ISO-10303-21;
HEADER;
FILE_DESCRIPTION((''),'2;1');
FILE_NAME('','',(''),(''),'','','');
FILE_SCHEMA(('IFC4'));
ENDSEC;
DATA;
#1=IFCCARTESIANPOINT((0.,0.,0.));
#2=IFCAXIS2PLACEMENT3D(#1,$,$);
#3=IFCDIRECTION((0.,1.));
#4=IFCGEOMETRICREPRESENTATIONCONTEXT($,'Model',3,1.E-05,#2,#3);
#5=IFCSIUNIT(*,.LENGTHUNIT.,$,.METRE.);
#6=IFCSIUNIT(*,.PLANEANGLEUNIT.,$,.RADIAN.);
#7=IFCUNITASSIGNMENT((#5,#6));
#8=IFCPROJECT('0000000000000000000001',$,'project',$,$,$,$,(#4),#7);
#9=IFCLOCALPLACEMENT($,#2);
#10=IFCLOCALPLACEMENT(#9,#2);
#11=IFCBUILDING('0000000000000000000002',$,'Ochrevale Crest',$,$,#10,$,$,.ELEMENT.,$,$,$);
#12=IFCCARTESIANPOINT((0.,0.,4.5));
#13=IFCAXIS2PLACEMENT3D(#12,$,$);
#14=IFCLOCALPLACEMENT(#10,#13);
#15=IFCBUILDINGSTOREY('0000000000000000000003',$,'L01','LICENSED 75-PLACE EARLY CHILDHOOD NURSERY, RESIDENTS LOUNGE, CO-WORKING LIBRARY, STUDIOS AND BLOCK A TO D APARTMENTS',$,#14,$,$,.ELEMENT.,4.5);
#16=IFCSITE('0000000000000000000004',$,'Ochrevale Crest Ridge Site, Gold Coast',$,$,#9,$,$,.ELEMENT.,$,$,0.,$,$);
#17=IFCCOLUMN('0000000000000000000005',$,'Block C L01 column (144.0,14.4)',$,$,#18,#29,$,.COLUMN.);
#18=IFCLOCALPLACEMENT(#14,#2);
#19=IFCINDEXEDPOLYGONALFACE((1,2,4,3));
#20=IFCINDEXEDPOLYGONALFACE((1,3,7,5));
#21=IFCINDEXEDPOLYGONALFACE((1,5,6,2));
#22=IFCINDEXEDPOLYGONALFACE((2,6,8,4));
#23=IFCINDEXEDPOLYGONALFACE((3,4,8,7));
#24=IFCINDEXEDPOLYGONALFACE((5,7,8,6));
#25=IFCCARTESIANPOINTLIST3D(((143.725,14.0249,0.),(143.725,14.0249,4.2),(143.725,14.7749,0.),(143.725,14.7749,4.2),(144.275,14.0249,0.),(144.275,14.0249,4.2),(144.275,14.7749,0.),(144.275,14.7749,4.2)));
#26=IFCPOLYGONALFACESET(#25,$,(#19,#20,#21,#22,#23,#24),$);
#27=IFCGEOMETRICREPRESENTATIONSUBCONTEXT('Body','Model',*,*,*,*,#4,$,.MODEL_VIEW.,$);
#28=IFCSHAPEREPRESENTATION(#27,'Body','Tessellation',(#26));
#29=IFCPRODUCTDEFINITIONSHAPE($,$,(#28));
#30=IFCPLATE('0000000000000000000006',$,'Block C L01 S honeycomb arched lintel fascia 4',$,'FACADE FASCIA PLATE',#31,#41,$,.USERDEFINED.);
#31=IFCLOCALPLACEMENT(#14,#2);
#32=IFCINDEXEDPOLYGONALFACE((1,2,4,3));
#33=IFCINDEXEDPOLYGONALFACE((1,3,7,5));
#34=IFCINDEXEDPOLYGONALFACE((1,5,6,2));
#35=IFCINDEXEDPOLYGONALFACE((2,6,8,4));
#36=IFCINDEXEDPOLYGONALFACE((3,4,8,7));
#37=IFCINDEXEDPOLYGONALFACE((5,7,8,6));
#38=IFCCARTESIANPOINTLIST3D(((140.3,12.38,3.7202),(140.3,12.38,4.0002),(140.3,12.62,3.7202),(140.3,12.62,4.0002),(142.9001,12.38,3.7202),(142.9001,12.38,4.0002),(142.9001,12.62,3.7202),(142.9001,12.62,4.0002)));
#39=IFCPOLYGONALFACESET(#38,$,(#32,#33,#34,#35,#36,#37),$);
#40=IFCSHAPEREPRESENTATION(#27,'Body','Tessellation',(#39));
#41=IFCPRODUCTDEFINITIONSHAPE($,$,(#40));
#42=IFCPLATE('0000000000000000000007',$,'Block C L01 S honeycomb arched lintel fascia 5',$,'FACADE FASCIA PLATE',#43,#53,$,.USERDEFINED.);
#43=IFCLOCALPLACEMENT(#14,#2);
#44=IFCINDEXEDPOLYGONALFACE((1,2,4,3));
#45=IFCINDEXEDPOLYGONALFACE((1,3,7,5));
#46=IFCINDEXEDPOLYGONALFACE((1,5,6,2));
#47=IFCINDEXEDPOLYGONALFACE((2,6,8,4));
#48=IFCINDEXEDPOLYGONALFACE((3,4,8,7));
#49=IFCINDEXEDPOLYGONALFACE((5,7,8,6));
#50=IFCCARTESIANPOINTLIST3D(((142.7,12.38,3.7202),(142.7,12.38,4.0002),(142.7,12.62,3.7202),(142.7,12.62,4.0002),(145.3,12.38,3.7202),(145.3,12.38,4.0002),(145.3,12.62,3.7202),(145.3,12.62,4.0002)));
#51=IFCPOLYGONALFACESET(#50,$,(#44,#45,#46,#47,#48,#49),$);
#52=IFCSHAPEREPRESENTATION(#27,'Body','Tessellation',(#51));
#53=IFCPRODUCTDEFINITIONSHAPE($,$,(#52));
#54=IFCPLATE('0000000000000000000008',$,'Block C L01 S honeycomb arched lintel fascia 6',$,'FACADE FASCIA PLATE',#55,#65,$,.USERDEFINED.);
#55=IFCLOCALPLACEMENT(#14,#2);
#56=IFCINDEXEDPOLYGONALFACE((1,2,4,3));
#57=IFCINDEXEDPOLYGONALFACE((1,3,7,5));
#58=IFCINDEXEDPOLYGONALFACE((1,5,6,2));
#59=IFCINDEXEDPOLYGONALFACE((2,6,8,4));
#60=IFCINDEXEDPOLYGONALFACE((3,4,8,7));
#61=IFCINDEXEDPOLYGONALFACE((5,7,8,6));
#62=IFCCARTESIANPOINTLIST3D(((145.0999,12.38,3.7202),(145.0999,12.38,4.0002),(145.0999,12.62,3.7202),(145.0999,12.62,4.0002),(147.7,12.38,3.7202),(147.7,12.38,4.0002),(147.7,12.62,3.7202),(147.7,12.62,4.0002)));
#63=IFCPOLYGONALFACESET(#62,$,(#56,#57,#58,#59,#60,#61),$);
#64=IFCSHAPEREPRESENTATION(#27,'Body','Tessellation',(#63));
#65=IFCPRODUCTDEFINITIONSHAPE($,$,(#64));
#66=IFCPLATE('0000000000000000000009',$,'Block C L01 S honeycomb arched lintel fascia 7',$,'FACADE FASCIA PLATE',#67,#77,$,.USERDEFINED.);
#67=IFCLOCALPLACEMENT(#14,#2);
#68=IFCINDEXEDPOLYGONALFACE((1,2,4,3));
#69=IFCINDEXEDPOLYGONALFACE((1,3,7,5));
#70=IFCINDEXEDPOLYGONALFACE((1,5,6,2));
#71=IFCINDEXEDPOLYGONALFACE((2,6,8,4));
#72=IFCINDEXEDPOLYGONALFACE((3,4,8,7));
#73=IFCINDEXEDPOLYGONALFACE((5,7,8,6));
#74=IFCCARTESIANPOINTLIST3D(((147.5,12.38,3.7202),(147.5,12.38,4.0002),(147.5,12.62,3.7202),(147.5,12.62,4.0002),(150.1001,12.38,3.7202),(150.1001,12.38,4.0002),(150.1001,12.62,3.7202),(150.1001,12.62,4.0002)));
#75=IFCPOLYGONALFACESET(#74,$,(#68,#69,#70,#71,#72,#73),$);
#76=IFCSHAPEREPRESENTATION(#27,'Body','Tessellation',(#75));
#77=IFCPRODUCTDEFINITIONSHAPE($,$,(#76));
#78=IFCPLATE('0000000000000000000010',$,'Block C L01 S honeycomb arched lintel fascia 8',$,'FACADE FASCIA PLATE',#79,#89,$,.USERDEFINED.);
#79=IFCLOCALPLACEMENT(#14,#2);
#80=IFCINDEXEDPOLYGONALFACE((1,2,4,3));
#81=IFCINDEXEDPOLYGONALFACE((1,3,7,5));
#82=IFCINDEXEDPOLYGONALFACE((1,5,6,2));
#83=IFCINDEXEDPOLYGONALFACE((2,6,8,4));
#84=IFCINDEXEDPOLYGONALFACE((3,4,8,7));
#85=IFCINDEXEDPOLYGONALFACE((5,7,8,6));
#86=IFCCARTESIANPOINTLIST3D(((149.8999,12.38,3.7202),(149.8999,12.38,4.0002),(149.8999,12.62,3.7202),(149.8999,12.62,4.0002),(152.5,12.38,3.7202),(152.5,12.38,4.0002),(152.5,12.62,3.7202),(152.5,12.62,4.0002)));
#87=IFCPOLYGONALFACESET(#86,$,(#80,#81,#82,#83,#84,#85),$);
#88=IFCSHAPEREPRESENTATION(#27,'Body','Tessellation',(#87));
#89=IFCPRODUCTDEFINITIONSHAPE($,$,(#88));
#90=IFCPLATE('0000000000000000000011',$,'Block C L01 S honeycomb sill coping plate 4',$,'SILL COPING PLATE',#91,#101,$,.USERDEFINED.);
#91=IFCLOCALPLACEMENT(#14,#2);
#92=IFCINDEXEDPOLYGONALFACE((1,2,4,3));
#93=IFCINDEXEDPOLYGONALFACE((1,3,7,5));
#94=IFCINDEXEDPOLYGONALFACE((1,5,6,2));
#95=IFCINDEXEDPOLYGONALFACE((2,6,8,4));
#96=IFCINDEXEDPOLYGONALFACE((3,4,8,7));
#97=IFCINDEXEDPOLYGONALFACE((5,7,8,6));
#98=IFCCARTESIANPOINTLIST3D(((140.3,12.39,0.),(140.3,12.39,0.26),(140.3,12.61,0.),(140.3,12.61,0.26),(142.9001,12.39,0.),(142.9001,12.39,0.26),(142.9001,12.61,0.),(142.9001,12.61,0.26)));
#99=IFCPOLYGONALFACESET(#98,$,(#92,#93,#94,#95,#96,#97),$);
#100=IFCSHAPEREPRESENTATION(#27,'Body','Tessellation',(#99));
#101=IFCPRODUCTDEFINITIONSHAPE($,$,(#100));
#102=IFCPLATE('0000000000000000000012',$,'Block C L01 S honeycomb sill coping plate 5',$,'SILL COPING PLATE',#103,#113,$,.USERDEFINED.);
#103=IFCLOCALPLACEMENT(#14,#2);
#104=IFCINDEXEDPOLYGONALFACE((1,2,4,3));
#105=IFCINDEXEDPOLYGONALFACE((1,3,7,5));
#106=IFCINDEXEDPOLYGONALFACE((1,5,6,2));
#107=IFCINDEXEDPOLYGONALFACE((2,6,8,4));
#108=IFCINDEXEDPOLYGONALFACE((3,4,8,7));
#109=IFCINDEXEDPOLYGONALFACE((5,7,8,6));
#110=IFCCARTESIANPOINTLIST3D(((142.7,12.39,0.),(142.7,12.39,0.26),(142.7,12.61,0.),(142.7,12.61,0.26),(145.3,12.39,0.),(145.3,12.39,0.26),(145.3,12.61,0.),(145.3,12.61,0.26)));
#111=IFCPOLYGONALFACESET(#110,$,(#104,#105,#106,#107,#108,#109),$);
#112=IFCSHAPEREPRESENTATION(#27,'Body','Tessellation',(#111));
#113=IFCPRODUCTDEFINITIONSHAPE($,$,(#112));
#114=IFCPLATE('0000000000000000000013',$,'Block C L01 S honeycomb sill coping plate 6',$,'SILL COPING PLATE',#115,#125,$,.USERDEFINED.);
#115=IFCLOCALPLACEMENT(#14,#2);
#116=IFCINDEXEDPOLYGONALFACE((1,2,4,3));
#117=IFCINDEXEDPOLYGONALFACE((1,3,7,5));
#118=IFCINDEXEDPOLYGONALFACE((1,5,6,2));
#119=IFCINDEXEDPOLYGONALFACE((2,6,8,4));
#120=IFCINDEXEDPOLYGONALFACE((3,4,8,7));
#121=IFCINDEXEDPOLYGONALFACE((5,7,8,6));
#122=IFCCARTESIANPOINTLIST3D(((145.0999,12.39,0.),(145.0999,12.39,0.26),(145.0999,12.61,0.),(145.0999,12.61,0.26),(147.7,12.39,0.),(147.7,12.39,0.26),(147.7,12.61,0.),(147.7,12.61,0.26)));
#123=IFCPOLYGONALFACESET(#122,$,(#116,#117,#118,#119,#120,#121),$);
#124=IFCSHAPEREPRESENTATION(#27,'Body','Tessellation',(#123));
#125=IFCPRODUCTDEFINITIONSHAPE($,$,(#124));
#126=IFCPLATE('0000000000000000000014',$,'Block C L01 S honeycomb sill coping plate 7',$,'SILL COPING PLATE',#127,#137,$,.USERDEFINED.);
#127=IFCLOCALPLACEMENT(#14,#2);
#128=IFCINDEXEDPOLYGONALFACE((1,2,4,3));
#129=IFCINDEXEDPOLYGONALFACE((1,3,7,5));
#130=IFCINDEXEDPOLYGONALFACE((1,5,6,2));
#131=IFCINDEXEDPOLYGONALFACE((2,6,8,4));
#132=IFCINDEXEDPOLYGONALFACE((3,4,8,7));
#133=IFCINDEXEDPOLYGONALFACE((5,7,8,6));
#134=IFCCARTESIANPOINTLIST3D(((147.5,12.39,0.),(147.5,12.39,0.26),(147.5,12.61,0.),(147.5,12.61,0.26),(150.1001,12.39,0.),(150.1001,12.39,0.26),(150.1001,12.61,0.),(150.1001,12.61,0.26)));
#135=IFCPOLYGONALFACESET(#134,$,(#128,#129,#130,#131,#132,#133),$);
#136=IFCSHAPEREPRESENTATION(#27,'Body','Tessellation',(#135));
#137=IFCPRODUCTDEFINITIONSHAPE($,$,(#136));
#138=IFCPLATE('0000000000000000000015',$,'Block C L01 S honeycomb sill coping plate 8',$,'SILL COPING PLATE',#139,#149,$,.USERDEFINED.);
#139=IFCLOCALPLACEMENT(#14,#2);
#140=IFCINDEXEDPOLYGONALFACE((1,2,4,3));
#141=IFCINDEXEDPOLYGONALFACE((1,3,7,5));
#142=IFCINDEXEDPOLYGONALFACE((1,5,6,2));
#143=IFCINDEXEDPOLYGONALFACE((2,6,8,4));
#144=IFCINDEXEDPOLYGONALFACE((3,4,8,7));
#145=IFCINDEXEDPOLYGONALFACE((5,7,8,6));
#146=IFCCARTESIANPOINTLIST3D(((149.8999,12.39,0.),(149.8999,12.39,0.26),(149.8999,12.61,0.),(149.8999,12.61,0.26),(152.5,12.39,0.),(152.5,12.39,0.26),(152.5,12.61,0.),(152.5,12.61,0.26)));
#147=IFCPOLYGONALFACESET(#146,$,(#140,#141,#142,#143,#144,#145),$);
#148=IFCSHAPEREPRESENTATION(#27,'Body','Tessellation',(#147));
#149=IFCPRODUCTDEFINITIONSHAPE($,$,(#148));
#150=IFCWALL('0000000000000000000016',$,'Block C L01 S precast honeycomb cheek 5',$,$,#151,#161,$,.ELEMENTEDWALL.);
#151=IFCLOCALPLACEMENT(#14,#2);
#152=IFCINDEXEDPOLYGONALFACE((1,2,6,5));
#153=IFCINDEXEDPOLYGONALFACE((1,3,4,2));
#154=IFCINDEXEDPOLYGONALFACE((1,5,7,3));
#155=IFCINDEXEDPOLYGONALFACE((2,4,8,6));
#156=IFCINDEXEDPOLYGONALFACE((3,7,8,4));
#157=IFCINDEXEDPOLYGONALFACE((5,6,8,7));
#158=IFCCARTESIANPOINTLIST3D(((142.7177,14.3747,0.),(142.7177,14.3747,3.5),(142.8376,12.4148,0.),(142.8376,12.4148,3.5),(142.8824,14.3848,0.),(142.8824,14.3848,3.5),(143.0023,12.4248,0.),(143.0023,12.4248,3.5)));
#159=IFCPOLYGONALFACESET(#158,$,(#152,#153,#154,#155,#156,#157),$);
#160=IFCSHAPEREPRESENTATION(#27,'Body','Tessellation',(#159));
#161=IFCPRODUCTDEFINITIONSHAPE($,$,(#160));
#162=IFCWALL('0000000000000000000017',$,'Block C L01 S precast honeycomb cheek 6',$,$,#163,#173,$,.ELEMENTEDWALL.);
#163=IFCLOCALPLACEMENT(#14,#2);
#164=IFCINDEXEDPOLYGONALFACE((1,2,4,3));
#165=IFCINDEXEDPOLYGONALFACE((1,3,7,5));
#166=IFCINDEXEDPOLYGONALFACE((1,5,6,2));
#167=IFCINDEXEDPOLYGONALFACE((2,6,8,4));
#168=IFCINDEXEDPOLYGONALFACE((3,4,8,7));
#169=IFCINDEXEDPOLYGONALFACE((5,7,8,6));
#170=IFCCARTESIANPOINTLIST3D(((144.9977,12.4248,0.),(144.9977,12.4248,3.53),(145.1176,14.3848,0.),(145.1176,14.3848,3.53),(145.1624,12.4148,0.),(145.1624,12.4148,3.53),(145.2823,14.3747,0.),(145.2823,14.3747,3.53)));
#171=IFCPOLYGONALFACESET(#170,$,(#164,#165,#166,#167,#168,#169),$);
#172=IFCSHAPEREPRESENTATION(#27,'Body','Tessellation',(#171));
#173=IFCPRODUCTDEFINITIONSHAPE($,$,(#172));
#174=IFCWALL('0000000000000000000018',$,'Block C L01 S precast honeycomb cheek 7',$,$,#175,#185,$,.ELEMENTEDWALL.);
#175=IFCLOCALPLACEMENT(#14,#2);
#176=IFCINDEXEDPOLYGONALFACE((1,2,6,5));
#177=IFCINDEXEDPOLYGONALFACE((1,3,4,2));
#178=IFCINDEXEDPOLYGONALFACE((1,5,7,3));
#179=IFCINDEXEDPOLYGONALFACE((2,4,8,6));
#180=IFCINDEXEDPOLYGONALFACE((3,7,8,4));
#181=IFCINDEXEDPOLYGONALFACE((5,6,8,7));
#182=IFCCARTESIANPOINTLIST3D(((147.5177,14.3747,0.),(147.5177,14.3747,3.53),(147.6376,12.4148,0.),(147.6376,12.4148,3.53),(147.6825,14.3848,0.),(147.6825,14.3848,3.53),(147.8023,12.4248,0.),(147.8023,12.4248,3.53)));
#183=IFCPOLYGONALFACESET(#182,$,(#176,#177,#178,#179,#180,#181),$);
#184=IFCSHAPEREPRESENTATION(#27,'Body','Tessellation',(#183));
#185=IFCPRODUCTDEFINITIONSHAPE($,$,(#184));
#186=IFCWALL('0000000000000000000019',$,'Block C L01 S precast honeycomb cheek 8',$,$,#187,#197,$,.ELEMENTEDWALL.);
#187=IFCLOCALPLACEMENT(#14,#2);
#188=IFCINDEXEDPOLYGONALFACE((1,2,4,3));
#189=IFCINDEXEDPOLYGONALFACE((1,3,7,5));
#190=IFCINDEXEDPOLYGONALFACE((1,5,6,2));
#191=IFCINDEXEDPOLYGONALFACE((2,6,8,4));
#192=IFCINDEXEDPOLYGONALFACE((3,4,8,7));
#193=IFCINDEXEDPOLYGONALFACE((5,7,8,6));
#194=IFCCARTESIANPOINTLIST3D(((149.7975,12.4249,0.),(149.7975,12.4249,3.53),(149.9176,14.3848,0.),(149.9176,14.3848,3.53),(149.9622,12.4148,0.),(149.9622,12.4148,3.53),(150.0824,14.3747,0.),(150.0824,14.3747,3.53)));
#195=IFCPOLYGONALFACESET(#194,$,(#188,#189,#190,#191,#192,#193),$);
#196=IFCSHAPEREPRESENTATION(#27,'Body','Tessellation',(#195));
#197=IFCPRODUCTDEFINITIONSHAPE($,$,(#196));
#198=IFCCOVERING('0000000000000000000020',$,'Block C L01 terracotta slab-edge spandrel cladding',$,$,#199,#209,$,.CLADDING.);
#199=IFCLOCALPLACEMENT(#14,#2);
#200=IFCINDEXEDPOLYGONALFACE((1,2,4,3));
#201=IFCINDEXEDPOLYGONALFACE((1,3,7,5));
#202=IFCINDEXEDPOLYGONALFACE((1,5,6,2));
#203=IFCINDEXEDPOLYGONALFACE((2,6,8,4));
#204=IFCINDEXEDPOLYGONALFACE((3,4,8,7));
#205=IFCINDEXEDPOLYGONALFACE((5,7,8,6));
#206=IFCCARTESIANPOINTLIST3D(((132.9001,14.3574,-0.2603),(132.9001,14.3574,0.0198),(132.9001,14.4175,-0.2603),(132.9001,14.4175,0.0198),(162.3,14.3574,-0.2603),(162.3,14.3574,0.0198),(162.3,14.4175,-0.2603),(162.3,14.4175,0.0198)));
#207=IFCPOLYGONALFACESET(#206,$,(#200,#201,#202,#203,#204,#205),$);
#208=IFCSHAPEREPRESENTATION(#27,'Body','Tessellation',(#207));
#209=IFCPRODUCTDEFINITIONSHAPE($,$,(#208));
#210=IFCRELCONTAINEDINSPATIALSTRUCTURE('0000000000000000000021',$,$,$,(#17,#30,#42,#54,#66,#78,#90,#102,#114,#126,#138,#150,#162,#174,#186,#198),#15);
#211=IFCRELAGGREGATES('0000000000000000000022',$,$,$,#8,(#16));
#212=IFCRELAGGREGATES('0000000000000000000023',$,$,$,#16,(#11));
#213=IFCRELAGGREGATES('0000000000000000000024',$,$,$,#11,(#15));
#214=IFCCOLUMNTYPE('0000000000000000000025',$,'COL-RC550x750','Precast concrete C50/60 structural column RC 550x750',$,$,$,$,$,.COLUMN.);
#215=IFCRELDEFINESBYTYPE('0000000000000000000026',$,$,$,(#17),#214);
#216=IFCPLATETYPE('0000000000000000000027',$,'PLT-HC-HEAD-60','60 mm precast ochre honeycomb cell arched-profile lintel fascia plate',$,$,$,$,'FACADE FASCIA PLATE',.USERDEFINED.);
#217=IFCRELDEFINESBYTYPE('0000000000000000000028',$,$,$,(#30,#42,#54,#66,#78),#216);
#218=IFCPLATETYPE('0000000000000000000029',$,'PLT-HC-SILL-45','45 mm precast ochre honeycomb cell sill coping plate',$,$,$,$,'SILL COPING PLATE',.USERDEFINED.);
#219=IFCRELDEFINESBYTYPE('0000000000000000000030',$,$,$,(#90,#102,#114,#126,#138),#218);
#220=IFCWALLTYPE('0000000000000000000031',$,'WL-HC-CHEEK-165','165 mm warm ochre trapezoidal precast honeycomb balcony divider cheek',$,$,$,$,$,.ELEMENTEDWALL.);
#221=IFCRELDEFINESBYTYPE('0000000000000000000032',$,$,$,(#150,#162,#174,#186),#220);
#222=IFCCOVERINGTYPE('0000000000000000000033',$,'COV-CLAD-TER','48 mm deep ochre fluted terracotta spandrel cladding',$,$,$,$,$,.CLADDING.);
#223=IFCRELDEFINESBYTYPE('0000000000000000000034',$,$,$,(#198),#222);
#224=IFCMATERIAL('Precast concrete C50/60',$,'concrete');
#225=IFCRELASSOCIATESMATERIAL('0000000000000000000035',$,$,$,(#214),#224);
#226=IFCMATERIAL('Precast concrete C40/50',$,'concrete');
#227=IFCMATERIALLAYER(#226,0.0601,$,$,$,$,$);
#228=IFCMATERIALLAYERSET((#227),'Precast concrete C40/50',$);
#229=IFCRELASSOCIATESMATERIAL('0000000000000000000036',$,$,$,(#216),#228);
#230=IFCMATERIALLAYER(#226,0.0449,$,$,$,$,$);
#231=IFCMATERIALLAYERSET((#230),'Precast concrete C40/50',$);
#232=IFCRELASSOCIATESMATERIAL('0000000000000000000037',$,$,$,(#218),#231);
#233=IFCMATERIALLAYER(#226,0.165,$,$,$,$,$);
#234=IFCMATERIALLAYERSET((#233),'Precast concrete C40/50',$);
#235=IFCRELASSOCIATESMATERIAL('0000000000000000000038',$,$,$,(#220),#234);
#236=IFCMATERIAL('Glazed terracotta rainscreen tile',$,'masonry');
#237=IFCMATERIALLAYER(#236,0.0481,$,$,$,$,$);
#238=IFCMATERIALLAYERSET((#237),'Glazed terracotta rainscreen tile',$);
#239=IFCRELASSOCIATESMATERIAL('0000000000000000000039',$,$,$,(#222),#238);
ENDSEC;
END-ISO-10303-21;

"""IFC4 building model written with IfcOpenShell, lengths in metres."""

from ifc_helpers import new_model, si_unit, direction, frame, frame_2d, origin, origin_2d, place, context, subcontext, project, spatial, rectangle, extrude, material, layer, layer_set, material_profile, profile_set, type_object, element, save


model = new_model("IFC4")

# Units and contexts
model_context = context("Model", 3, precision=1e-05, world=origin(), true_north=direction((0.0, 1.0)))
body_context = subcontext(model_context, "Body", "Model", "MODEL_VIEW")
ifc_project = project(units=[si_unit("LENGTHUNIT", "METRE"), si_unit("PLANEANGLEUNIT", "RADIAN")], contexts=[model_context])

# Site, building, storey
site_placement = place(None, origin())
site = spatial("IfcSite", under=ifc_project, at=site_placement, Name="Ochrevale Crest Ridge Site, Gold Coast", CompositionType="ELEMENT", RefElevation=0.0)
building_placement = place(site_placement, origin())
building = spatial("IfcBuilding", under=site, at=building_placement, Name="Ochrevale Crest", CompositionType="ELEMENT")
storey_placement = place(building_placement, frame((0.0, 0.0, 4.5)))
storey = spatial("IfcBuildingStorey", under=building, at=storey_placement, Name="L01", Description="LICENSED 75-PLACE EARLY CHILDHOOD NURSERY, RESIDENTS LOUNGE, CO-WORKING LIBRARY, STUDIOS AND BLOCK A TO D APARTMENTS", CompositionType="ELEMENT", Elevation=4.5)

# Column
ifc_material_1 = material(Name="Precast concrete C50/60", Category="concrete")
ifc_material_profile = material_profile(ifc_material_1, rectangle(XDim=0.55, YDim=0.75, at=origin_2d()), Name="RC 550x750")
ifc_profile_set = profile_set([ifc_material_profile], Name="Precast concrete C50/60")
column_type = type_object("IfcColumnType", Name="COL-RC550x750", Description="Precast concrete C50/60 structural column RC 550x750", PredefinedType="COLUMN", material=ifc_profile_set)
column_placement = place(storey_placement, frame((144.0, 14.3999, 0.0), z_axis=(0.0, 0.0, 1.0), x_axis=(1.0, 0.0, 0.0)))
element("IfcColumn", 1, at=column_placement, inside=storey, type_object=column_type, Name="Block C L01 column (144.0,14.4)", PredefinedType="COLUMN", context=body_context, shape_type="SweptSolid", body=[
    extrude(rectangle(XDim=0.55, YDim=0.75, at=origin_2d()), origin(), (0.0, 0.0, 1.0), 4.2),
])

# Plates
ifc_material_2 = material(Name="Precast concrete C40/50", Category="concrete")
ifc_layer_1 = layer(ifc_material_2, 0.0601)
ifc_layer_set_1 = layer_set([ifc_layer_1], Name="Precast concrete C40/50")
plate_type_1 = type_object("IfcPlateType", Name="PLT-HC-HEAD-60", Description="60 mm precast ochre honeycomb cell arched-profile lintel fascia plate", ElementType="FACADE FASCIA PLATE", PredefinedType="USERDEFINED", material=ifc_layer_set_1)
for number, where, z_axis, x_axis, name in (
    (2, (141.6001, 12.5, 3.7202), (0.0, 0.0, 1.0), (1.0, 0.0, 0.0), "Block C L01 S honeycomb arched lintel fascia 4"),
    (3, (144.0, 12.5, 3.7202), (0.0, 0.0, 1.0), (1.0, 0.0, 0.0), "Block C L01 S honeycomb arched lintel fascia 5"),
    (4, (146.3999, 12.5, 3.7202), (0.0, 0.0, 1.0), (1.0, 0.0, 0.0), "Block C L01 S honeycomb arched lintel fascia 6"),
    (5, (148.8, 12.5, 3.7202), (0.0, 0.0, 1.0), (1.0, 0.0, 0.0), "Block C L01 S honeycomb arched lintel fascia 7"),
    (6, (151.2, 12.5, 3.7202), (0.0, 0.0, 1.0), (1.0, 0.0, 0.0), "Block C L01 S honeycomb arched lintel fascia 8"),
):
    element("IfcPlate", number, at=place(storey_placement, frame(where, z_axis=z_axis, x_axis=x_axis)), inside=storey, type_object=plate_type_1, Name=name, ObjectType="FACADE FASCIA PLATE", PredefinedType="USERDEFINED", context=body_context, shape_type="SweptSolid", body=[
        extrude(rectangle(XDim=2.6001, YDim=0.24, at=origin_2d()), origin(), (0.0, 0.0, 1.0), 0.28),
    ])
ifc_layer_2 = layer(ifc_material_2, 0.0449)
ifc_layer_set_2 = layer_set([ifc_layer_2], Name="Precast concrete C40/50")
plate_type_2 = type_object("IfcPlateType", Name="PLT-HC-SILL-45", Description="45 mm precast ochre honeycomb cell sill coping plate", ElementType="SILL COPING PLATE", PredefinedType="USERDEFINED", material=ifc_layer_set_2)
for number, where, z_axis, x_axis, name in (
    (7, (141.6001, 12.5, 0.0), (0.0, 0.0, 1.0), (1.0, 0.0, 0.0), "Block C L01 S honeycomb sill coping plate 4"),
    (8, (144.0, 12.5, 0.0), (0.0, 0.0, 1.0), (1.0, 0.0, 0.0), "Block C L01 S honeycomb sill coping plate 5"),
    (9, (146.3999, 12.5, 0.0), (0.0, 0.0, 1.0), (1.0, 0.0, 0.0), "Block C L01 S honeycomb sill coping plate 6"),
    (10, (148.8, 12.5, 0.0), (0.0, 0.0, 1.0), (1.0, 0.0, 0.0), "Block C L01 S honeycomb sill coping plate 7"),
    (11, (151.2, 12.5, 0.0), (0.0, 0.0, 1.0), (1.0, 0.0, 0.0), "Block C L01 S honeycomb sill coping plate 8"),
):
    element("IfcPlate", number, at=place(storey_placement, frame(where, z_axis=z_axis, x_axis=x_axis)), inside=storey, type_object=plate_type_2, Name=name, ObjectType="SILL COPING PLATE", PredefinedType="USERDEFINED", context=body_context, shape_type="SweptSolid", body=[
        extrude(rectangle(XDim=2.6001, YDim=0.22, at=origin_2d()), origin(), (0.0, 0.0, 1.0), 0.26),
    ])

# Walls
ifc_layer_3 = layer(ifc_material_2, 0.165)
ifc_layer_set_3 = layer_set([ifc_layer_3], Name="Precast concrete C40/50")
wall_type = type_object("IfcWallType", Name="WL-HC-CHEEK-165", Description="165 mm warm ochre trapezoidal precast honeycomb balcony divider cheek", PredefinedType="ELEMENTEDWALL", material=ifc_layer_set_3)
wall_placement = place(storey_placement, frame((142.8, 14.3799, 0.0), z_axis=(0.0, 0.0, 1.0), x_axis=(0.061047, -0.998135, 0.0)))
element("IfcWall", 12, at=wall_placement, inside=storey, type_object=wall_type, Name="Block C L01 S precast honeycomb cheek 5", PredefinedType="ELEMENTEDWALL", context=body_context, shape_type="SweptSolid", body=[
    extrude(rectangle(XDim=1.9636, YDim=0.165, at=frame_2d((0.9819, 0.0))), origin(), (0.0, 0.0, 1.0), 3.5),
])
for number, where, z_axis, x_axis, name in (
    (13, (145.2, 14.3799, 0.0), (0.0, 0.0, 1.0), (-0.061047, -0.998135, 0.0), "Block C L01 S precast honeycomb cheek 6"),
    (14, (147.6001, 14.3799, 0.0), (0.0, 0.0, 1.0), (0.061047, -0.998135, 0.0), "Block C L01 S precast honeycomb cheek 7"),
    (15, (150.0, 14.3799, 0.0), (0.0, 0.0, 1.0), (-0.061171, -0.998127, 0.0), "Block C L01 S precast honeycomb cheek 8"),
):
    element("IfcWall", number, at=place(storey_placement, frame(where, z_axis=z_axis, x_axis=x_axis)), inside=storey, type_object=wall_type, Name=name, PredefinedType="ELEMENTEDWALL", context=body_context, shape_type="SweptSolid", body=[
        extrude(rectangle(XDim=1.9636, YDim=0.165, at=frame_2d((0.9819, 0.0))), origin(), (0.0, 0.0, 1.0), 3.53),
    ])

# Covering
ifc_material_3 = material(Name="Glazed terracotta rainscreen tile", Category="masonry")
ifc_layer_4 = layer(ifc_material_3, 0.0481)
ifc_layer_set_4 = layer_set([ifc_layer_4], Name="Glazed terracotta rainscreen tile")
covering_type = type_object("IfcCoveringType", Name="COV-CLAD-TER", Description="48 mm deep ochre fluted terracotta spandrel cladding", PredefinedType="CLADDING", material=ifc_layer_set_4)
covering_placement = place(storey_placement, frame((147.6001, 14.3875, -0.2603), z_axis=(0.0, 0.0, 1.0), x_axis=(1.0, 0.0, 0.0)))
element("IfcCovering", 16, at=covering_placement, inside=storey, type_object=covering_type, Name="Block C L01 terracotta slab-edge spandrel cladding", PredefinedType="CLADDING", context=body_context, shape_type="SweptSolid", body=[
    extrude(rectangle(XDim=29.3999, YDim=0.0601, at=origin_2d()), origin(), (0.0, 0.0, 1.0), 0.28),
])

save(model, "model.ifc")
